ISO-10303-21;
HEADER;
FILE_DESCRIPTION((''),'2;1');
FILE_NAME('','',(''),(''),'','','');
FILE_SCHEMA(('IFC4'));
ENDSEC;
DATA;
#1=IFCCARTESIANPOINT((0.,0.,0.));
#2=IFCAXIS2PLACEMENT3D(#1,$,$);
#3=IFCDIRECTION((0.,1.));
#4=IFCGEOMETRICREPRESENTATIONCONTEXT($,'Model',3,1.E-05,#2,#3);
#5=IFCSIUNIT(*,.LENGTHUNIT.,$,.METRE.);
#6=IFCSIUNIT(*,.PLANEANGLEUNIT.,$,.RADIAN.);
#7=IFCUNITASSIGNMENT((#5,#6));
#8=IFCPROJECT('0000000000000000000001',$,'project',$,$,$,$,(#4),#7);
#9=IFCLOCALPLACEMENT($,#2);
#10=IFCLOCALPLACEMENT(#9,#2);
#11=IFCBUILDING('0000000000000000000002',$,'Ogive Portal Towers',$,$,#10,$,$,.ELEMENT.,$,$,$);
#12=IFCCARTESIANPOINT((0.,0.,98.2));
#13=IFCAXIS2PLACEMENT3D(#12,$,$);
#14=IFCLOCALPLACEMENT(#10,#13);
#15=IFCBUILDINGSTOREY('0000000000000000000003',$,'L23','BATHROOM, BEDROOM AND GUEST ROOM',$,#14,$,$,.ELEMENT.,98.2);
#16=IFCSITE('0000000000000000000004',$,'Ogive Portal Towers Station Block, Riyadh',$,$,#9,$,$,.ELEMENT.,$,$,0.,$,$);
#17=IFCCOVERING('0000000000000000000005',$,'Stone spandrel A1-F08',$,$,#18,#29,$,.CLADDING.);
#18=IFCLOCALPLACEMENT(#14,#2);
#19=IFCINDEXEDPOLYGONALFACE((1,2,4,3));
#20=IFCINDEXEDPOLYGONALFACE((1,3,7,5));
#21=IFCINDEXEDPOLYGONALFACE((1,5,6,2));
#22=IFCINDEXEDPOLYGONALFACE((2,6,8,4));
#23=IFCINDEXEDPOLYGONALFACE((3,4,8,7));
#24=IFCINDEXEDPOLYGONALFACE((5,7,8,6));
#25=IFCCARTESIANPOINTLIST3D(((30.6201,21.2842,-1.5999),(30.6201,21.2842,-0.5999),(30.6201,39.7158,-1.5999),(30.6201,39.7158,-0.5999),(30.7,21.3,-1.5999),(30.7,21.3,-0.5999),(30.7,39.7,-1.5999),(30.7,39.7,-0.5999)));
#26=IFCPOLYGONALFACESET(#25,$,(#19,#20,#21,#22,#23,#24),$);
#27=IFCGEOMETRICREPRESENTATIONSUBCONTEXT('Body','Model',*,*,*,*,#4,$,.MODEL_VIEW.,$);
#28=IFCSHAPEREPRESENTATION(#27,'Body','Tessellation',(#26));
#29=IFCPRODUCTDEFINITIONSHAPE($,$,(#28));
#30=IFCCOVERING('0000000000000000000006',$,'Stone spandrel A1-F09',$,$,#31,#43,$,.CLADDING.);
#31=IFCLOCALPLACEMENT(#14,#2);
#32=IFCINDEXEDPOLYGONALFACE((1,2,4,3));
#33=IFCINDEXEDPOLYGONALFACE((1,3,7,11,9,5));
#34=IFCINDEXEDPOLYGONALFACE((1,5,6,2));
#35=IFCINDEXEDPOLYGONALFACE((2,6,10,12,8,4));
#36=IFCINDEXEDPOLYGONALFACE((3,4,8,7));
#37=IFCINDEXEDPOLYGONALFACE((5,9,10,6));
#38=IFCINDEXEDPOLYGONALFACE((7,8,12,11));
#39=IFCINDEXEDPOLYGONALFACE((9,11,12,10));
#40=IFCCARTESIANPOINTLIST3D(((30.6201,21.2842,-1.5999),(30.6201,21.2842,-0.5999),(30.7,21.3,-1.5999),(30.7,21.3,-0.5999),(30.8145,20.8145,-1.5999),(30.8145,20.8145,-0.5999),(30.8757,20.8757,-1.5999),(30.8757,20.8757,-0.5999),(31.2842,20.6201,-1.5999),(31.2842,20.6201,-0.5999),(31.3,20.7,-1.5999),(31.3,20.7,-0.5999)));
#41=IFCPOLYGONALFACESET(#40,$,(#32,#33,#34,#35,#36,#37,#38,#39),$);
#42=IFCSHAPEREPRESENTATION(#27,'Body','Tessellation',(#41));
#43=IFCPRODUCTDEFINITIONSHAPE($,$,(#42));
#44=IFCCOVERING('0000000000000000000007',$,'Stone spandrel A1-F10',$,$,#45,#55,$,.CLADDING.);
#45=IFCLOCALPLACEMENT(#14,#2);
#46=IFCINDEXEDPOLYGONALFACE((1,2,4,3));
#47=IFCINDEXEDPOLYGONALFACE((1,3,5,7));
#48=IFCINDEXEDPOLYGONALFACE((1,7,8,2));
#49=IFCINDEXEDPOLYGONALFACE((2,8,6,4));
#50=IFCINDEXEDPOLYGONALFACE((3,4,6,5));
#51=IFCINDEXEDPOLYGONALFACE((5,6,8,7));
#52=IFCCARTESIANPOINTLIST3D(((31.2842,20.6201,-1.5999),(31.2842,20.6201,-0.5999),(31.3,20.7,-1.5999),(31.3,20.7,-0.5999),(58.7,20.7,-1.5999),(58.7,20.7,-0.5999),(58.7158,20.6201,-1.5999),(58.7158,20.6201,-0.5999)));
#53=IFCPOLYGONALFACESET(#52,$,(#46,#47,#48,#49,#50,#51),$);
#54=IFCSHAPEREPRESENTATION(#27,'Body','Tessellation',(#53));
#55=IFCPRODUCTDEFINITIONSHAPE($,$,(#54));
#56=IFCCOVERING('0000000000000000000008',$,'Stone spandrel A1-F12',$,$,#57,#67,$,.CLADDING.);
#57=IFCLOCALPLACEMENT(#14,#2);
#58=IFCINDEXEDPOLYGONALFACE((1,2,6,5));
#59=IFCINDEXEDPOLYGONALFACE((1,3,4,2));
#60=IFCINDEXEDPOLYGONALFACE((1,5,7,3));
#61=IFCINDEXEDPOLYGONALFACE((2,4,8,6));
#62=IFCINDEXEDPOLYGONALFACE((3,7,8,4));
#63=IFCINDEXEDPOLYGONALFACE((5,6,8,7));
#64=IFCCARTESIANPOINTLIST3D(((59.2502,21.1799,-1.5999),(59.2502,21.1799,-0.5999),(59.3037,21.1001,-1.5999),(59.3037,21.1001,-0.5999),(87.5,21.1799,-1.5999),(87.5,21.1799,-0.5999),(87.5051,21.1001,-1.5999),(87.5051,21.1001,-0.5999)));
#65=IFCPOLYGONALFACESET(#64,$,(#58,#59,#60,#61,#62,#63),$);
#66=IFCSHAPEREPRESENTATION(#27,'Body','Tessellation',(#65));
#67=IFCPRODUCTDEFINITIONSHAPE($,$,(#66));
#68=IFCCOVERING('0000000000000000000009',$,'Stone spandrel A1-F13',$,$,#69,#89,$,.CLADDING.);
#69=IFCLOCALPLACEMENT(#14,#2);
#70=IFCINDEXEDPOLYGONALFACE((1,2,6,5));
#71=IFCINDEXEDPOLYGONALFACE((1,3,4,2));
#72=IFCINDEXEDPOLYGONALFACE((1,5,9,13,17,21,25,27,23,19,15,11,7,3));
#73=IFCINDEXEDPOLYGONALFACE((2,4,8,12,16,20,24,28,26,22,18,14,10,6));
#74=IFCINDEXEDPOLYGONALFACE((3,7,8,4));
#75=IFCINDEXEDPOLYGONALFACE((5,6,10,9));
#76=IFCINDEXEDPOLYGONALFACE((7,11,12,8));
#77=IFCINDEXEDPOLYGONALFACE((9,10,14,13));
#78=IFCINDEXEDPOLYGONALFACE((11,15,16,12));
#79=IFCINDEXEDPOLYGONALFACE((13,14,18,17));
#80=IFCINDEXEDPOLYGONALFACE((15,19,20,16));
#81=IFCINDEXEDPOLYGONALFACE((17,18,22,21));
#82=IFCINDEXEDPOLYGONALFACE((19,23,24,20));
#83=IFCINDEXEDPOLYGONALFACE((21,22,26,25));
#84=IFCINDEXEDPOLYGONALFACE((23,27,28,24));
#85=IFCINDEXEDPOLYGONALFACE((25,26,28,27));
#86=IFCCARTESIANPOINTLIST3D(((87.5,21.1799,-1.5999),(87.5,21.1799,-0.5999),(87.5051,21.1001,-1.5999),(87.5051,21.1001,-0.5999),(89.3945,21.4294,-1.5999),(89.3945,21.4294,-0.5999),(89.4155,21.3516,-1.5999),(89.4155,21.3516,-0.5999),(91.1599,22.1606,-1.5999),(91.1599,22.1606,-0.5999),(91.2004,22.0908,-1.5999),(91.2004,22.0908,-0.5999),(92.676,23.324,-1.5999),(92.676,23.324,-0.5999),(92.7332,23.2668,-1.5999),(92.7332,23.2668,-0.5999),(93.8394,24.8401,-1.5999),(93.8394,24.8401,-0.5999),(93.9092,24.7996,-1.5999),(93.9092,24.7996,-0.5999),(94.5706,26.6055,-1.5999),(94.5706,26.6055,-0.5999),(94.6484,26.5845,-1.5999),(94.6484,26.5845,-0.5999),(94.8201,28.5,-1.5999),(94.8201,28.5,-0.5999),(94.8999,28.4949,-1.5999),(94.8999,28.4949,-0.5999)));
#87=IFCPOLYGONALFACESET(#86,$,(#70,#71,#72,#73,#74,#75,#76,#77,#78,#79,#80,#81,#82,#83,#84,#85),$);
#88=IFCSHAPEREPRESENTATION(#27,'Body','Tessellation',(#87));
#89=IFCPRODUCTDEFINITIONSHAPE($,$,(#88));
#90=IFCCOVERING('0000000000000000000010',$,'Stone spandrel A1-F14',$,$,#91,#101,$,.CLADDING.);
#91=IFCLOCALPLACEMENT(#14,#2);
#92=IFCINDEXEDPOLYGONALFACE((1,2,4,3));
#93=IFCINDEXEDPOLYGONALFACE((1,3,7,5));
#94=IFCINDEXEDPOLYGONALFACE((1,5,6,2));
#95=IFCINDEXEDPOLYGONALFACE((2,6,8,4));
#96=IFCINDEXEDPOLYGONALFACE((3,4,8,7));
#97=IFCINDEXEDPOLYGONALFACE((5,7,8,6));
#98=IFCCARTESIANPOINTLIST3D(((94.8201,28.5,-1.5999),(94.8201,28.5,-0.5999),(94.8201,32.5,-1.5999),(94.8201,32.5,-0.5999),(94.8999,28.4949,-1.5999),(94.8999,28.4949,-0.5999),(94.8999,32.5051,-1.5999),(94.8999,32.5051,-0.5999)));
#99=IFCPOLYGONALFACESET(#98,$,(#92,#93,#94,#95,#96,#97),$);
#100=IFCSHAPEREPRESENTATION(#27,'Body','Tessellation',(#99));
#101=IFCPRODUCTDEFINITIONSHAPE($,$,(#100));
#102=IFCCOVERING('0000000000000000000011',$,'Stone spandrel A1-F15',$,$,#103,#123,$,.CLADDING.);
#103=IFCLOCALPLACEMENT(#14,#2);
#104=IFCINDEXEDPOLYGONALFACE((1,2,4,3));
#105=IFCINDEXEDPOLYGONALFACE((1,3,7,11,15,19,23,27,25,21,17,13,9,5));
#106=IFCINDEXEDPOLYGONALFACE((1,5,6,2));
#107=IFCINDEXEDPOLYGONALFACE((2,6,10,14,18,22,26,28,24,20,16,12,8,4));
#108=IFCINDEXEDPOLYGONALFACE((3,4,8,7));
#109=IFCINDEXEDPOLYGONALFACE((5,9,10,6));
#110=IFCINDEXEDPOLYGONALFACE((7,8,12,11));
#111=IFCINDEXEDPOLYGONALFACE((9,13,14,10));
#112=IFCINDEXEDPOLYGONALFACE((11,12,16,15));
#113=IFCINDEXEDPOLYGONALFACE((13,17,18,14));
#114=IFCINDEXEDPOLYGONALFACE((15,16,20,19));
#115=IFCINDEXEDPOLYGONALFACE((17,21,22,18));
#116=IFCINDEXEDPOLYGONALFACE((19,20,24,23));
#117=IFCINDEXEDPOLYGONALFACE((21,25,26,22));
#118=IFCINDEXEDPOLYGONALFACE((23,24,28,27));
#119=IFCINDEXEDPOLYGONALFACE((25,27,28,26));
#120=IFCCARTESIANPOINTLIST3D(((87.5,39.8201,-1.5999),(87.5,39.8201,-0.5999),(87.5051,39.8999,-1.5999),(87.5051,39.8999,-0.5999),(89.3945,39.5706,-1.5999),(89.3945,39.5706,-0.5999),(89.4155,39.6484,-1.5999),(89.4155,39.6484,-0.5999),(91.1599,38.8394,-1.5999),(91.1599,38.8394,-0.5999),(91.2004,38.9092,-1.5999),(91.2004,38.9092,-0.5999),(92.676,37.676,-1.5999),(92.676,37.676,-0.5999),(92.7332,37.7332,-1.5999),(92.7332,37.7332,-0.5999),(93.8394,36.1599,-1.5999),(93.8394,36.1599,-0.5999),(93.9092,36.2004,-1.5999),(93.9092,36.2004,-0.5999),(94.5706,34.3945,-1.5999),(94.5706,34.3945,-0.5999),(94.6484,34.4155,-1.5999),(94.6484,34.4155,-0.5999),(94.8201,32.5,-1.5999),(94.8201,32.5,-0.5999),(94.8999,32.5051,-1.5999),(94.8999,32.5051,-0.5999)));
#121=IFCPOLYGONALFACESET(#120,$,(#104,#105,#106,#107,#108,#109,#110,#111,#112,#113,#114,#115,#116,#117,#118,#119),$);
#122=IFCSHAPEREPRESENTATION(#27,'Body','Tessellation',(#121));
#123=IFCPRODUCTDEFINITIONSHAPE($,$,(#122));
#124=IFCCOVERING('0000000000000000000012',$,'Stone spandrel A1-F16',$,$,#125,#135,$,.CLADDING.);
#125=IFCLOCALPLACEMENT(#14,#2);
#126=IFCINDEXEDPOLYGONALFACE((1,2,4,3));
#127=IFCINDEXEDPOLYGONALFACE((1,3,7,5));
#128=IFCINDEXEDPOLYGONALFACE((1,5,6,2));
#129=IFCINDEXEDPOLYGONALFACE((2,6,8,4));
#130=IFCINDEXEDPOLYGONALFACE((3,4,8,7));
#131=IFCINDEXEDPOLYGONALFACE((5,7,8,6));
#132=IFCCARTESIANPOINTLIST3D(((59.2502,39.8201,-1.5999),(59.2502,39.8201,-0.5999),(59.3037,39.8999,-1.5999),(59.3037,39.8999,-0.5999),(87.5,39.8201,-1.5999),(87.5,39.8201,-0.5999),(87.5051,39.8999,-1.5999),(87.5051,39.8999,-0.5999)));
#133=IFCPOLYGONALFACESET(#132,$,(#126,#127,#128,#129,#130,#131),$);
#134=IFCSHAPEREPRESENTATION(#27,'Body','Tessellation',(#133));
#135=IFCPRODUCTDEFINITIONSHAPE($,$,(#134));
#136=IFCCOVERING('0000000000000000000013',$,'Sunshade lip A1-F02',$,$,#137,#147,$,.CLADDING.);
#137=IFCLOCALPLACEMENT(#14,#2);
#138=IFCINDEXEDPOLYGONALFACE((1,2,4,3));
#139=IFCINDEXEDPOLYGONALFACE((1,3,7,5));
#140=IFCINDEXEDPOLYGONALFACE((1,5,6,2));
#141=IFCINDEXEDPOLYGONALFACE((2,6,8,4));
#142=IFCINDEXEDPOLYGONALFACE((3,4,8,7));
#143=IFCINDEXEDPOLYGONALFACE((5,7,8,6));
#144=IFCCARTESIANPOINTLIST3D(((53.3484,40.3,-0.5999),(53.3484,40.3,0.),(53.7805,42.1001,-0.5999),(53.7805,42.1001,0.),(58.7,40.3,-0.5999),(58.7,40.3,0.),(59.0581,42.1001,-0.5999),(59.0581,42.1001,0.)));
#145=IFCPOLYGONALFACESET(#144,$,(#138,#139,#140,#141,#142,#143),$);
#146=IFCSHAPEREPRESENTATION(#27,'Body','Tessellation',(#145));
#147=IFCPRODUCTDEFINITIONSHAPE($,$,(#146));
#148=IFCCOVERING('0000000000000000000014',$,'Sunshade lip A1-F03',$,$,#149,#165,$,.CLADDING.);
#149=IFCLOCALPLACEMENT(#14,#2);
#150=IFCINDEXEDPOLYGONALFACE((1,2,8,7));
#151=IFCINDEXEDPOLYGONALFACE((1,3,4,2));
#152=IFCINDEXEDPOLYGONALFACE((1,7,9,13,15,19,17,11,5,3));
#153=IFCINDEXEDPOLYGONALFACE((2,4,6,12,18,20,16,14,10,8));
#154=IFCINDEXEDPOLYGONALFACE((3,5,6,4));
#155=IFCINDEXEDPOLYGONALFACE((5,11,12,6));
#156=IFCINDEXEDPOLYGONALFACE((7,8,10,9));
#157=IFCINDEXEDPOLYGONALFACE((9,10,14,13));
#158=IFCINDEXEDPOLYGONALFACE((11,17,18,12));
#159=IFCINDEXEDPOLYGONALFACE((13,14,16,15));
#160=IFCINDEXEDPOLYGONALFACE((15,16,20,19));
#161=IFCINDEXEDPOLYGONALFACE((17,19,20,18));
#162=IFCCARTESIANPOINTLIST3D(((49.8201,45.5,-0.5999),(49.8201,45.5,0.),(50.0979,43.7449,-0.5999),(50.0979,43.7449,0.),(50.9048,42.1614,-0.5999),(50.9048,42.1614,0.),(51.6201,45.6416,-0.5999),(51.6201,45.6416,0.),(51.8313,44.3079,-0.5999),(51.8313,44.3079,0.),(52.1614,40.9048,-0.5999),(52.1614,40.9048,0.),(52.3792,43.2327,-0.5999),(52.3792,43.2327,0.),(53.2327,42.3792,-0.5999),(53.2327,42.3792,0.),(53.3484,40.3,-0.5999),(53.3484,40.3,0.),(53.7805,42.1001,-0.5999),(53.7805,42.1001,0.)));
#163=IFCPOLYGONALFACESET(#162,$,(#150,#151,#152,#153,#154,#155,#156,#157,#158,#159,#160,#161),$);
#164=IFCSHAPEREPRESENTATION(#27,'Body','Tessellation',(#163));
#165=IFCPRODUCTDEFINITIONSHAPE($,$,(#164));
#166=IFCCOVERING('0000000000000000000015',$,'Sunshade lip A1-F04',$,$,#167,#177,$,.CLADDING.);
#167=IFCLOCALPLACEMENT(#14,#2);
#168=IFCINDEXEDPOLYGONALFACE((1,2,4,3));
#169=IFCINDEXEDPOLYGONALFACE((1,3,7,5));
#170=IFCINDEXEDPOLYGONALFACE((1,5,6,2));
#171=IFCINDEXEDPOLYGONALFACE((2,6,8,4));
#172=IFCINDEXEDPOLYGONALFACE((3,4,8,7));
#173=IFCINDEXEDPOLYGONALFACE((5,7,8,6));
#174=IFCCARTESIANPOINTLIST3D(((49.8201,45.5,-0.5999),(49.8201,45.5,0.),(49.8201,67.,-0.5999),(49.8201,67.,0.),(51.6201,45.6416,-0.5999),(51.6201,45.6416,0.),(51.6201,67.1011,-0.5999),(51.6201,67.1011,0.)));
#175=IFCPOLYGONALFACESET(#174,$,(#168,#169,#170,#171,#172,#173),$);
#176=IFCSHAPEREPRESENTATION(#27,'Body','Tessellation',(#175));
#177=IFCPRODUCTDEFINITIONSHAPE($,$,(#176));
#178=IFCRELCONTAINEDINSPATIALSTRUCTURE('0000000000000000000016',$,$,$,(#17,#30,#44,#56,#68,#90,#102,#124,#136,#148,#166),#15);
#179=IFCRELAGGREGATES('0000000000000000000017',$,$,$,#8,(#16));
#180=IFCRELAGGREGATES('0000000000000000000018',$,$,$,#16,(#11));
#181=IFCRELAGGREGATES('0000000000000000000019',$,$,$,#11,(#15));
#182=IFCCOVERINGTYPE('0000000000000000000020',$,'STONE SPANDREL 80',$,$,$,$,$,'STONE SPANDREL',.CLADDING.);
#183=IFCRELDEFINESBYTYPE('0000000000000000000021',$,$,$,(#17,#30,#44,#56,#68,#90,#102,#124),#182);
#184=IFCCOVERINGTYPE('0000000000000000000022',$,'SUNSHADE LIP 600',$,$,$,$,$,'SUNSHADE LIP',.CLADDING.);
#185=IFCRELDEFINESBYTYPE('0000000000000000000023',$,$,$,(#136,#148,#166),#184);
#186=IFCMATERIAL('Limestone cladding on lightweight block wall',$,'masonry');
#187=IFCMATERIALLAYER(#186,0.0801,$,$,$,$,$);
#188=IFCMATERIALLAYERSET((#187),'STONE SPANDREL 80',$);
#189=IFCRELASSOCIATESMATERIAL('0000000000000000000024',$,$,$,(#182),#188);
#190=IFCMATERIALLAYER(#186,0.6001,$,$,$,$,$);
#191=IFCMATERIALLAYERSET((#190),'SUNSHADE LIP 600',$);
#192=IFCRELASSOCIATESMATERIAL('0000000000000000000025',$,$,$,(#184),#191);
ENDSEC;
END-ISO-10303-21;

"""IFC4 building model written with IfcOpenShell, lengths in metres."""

from ifc_helpers import new_model, si_unit, direction, frame, origin, place, context, subcontext, project, spatial, polyline, outline, extrude, material, layer, layer_set, type_object, element, save


model = new_model("IFC4")

# Units and contexts
model_context = context("Model", 3, precision=1e-05, world=origin(), true_north=direction((0.0, 1.0)))
body_context = subcontext(model_context, "Body", "Model", "MODEL_VIEW")
ifc_project = project(units=[si_unit("LENGTHUNIT", "METRE"), si_unit("PLANEANGLEUNIT", "RADIAN")], contexts=[model_context])

# Site, building, storey
site_placement = place(None, origin())
site = spatial("IfcSite", under=ifc_project, at=site_placement, Name="Ogive Portal Towers Station Block, Riyadh", CompositionType="ELEMENT", RefElevation=0.0)
building_placement = place(site_placement, origin())
building = spatial("IfcBuilding", under=site, at=building_placement, Name="Ogive Portal Towers", CompositionType="ELEMENT")
storey_placement = place(building_placement, frame((0.0, 0.0, 98.2)))
storey = spatial("IfcBuildingStorey", under=building, at=storey_placement, Name="L23", Description="BATHROOM, BEDROOM AND GUEST ROOM", CompositionType="ELEMENT", Elevation=98.2)

# Coverings
ifc_material_1 = material(Name="Limestone cladding on lightweight block wall", Category="masonry")
ifc_layer_1 = layer(ifc_material_1, 0.0801)
ifc_layer_set_1 = layer_set([ifc_layer_1], Name="STONE SPANDREL 80")
covering_type_1 = type_object("IfcCoveringType", Name="STONE SPANDREL 80", ElementType="STONE SPANDREL", PredefinedType="CLADDING", material=ifc_layer_set_1)
covering_1_placement = place(storey_placement, frame((0.0, 0.0, -1.5999)))
element("IfcCovering", 1, at=covering_1_placement, inside=storey, type_object=covering_type_1, Name="Stone spandrel A1-F08", PredefinedType="CLADDING", context=body_context, shape_type="SweptSolid", body=[
    extrude(outline(polyline([(30.7, 39.7), (30.7, 21.3), (30.6201, 21.2842), (30.6201, 39.7158), (30.7, 39.7)])), origin(), (0.0, 0.0, 1.0), 1.0),
])
covering_2_placement = place(storey_placement, frame((0.0, 0.0, -1.5999)))
element("IfcCovering", 2, at=covering_2_placement, inside=storey, type_object=covering_type_1, Name="Stone spandrel A1-F09", PredefinedType="CLADDING", context=body_context, shape_type="SweptSolid", body=[
    extrude(outline(polyline([(30.7, 21.3), (30.8757, 20.8757), (31.3, 20.7), (31.2842, 20.6201), (30.8145, 20.8145), (30.6201, 21.2842), (30.7, 21.3)])), origin(), (0.0, 0.0, 1.0), 1.0),
])
covering_3_placement = place(storey_placement, frame((0.0, 0.0, -1.5999)))
element("IfcCovering", 3, at=covering_3_placement, inside=storey, type_object=covering_type_1, Name="Stone spandrel A1-F10", PredefinedType="CLADDING", context=body_context, shape_type="SweptSolid", body=[
    extrude(outline(polyline([(31.3, 20.7), (58.7, 20.7), (58.7158, 20.6201), (31.2842, 20.6201), (31.3, 20.7)])), origin(), (0.0, 0.0, 1.0), 1.0),
])
covering_4_placement = place(storey_placement, frame((0.0, 0.0, -1.5999)))
element("IfcCovering", 4, at=covering_4_placement, inside=storey, type_object=covering_type_1, Name="Stone spandrel A1-F12", PredefinedType="CLADDING", context=body_context, shape_type="SweptSolid", body=[
    extrude(outline(polyline([(59.2502, 21.1799), (87.5, 21.1799), (87.5051, 21.1001), (59.3037, 21.1001), (59.2502, 21.1799)])), origin(), (0.0, 0.0, 1.0), 1.0),
])
covering_5_placement = place(storey_placement, frame((0.0, 0.0, -1.5999)))
element("IfcCovering", 5, at=covering_5_placement, inside=storey, type_object=covering_type_1, Name="Stone spandrel A1-F13", PredefinedType="CLADDING", context=body_context, shape_type="SweptSolid", body=[
    extrude(outline(polyline([(87.5, 21.1799), (89.3945, 21.4294), (91.1599, 22.1606), (92.676, 23.324), (93.8394, 24.8401), (94.5706, 26.6055), (94.8201, 28.5), (94.8999, 28.4949), (94.6484, 26.5845), (93.9092, 24.7996), (92.7332, 23.2668), (91.2004, 22.0908), (89.4155, 21.3516), (87.5051, 21.1001), (87.5, 21.1799)])), origin(), (0.0, 0.0, 1.0), 1.0),
])
covering_6_placement = place(storey_placement, frame((0.0, 0.0, -1.5999)))
element("IfcCovering", 6, at=covering_6_placement, inside=storey, type_object=covering_type_1, Name="Stone spandrel A1-F14", PredefinedType="CLADDING", context=body_context, shape_type="SweptSolid", body=[
    extrude(outline(polyline([(94.8201, 28.5), (94.8201, 32.5), (94.8999, 32.5051), (94.8999, 28.4949), (94.8201, 28.5)])), origin(), (0.0, 0.0, 1.0), 1.0),
])
covering_7_placement = place(storey_placement, frame((0.0, 0.0, -1.5999)))
element("IfcCovering", 7, at=covering_7_placement, inside=storey, type_object=covering_type_1, Name="Stone spandrel A1-F15", PredefinedType="CLADDING", context=body_context, shape_type="SweptSolid", body=[
    extrude(outline(polyline([(94.8201, 32.5), (94.5706, 34.3945), (93.8394, 36.1599), (92.676, 37.676), (91.1599, 38.8394), (89.3945, 39.5706), (87.5, 39.8201), (87.5051, 39.8999), (89.4155, 39.6484), (91.2004, 38.9092), (92.7332, 37.7332), (93.9092, 36.2004), (94.6484, 34.4155), (94.8999, 32.5051), (94.8201, 32.5)])), origin(), (0.0, 0.0, 1.0), 1.0),
])
covering_8_placement = place(storey_placement, frame((0.0, 0.0, -1.5999)))
element("IfcCovering", 8, at=covering_8_placement, inside=storey, type_object=covering_type_1, Name="Stone spandrel A1-F16", PredefinedType="CLADDING", context=body_context, shape_type="SweptSolid", body=[
    extrude(outline(polyline([(87.5, 39.8201), (59.2502, 39.8201), (59.3037, 39.8999), (87.5051, 39.8999), (87.5, 39.8201)])), origin(), (0.0, 0.0, 1.0), 1.0),
])
ifc_layer_2 = layer(ifc_material_1, 0.6001)
ifc_layer_set_2 = layer_set([ifc_layer_2], Name="SUNSHADE LIP 600")
covering_type_2 = type_object("IfcCoveringType", Name="SUNSHADE LIP 600", ElementType="SUNSHADE LIP", PredefinedType="CLADDING", material=ifc_layer_set_2)
covering_9_placement = place(storey_placement, frame((0.0, 0.0, -0.5999)))
element("IfcCovering", 9, at=covering_9_placement, inside=storey, type_object=covering_type_2, Name="Sunshade lip A1-F02", PredefinedType="CLADDING", context=body_context, shape_type="SweptSolid", body=[
    extrude(outline(polyline([(58.7, 40.3), (53.3484, 40.3), (53.7805, 42.1001), (59.0581, 42.1001), (58.7, 40.3)])), origin(), (0.0, 0.0, 1.0), 0.5999),
])
covering_10_placement = place(storey_placement, frame((0.0, 0.0, -0.5999)))
element("IfcCovering", 10, at=covering_10_placement, inside=storey, type_object=covering_type_2, Name="Sunshade lip A1-F03", PredefinedType="CLADDING", context=body_context, shape_type="SweptSolid", body=[
    extrude(outline(polyline([(53.3484, 40.3), (52.1614, 40.9048), (50.9048, 42.1614), (50.0979, 43.7449), (49.8201, 45.5), (51.6201, 45.6416), (51.8313, 44.3079), (52.3792, 43.2327), (53.2327, 42.3792), (53.7805, 42.1001), (53.3484, 40.3)])), origin(), (0.0, 0.0, 1.0), 0.5999),
])
covering_11_placement = place(storey_placement, frame((0.0, 0.0, -0.5999)))
element("IfcCovering", 11, at=covering_11_placement, inside=storey, type_object=covering_type_2, Name="Sunshade lip A1-F04", PredefinedType="CLADDING", context=body_context, shape_type="SweptSolid", body=[
    extrude(outline(polyline([(49.8201, 45.5), (49.8201, 67.0), (51.6201, 67.1011), (51.6201, 45.6416), (49.8201, 45.5)])), origin(), (0.0, 0.0, 1.0), 0.5999),
])

save(model, "model.ifc")
